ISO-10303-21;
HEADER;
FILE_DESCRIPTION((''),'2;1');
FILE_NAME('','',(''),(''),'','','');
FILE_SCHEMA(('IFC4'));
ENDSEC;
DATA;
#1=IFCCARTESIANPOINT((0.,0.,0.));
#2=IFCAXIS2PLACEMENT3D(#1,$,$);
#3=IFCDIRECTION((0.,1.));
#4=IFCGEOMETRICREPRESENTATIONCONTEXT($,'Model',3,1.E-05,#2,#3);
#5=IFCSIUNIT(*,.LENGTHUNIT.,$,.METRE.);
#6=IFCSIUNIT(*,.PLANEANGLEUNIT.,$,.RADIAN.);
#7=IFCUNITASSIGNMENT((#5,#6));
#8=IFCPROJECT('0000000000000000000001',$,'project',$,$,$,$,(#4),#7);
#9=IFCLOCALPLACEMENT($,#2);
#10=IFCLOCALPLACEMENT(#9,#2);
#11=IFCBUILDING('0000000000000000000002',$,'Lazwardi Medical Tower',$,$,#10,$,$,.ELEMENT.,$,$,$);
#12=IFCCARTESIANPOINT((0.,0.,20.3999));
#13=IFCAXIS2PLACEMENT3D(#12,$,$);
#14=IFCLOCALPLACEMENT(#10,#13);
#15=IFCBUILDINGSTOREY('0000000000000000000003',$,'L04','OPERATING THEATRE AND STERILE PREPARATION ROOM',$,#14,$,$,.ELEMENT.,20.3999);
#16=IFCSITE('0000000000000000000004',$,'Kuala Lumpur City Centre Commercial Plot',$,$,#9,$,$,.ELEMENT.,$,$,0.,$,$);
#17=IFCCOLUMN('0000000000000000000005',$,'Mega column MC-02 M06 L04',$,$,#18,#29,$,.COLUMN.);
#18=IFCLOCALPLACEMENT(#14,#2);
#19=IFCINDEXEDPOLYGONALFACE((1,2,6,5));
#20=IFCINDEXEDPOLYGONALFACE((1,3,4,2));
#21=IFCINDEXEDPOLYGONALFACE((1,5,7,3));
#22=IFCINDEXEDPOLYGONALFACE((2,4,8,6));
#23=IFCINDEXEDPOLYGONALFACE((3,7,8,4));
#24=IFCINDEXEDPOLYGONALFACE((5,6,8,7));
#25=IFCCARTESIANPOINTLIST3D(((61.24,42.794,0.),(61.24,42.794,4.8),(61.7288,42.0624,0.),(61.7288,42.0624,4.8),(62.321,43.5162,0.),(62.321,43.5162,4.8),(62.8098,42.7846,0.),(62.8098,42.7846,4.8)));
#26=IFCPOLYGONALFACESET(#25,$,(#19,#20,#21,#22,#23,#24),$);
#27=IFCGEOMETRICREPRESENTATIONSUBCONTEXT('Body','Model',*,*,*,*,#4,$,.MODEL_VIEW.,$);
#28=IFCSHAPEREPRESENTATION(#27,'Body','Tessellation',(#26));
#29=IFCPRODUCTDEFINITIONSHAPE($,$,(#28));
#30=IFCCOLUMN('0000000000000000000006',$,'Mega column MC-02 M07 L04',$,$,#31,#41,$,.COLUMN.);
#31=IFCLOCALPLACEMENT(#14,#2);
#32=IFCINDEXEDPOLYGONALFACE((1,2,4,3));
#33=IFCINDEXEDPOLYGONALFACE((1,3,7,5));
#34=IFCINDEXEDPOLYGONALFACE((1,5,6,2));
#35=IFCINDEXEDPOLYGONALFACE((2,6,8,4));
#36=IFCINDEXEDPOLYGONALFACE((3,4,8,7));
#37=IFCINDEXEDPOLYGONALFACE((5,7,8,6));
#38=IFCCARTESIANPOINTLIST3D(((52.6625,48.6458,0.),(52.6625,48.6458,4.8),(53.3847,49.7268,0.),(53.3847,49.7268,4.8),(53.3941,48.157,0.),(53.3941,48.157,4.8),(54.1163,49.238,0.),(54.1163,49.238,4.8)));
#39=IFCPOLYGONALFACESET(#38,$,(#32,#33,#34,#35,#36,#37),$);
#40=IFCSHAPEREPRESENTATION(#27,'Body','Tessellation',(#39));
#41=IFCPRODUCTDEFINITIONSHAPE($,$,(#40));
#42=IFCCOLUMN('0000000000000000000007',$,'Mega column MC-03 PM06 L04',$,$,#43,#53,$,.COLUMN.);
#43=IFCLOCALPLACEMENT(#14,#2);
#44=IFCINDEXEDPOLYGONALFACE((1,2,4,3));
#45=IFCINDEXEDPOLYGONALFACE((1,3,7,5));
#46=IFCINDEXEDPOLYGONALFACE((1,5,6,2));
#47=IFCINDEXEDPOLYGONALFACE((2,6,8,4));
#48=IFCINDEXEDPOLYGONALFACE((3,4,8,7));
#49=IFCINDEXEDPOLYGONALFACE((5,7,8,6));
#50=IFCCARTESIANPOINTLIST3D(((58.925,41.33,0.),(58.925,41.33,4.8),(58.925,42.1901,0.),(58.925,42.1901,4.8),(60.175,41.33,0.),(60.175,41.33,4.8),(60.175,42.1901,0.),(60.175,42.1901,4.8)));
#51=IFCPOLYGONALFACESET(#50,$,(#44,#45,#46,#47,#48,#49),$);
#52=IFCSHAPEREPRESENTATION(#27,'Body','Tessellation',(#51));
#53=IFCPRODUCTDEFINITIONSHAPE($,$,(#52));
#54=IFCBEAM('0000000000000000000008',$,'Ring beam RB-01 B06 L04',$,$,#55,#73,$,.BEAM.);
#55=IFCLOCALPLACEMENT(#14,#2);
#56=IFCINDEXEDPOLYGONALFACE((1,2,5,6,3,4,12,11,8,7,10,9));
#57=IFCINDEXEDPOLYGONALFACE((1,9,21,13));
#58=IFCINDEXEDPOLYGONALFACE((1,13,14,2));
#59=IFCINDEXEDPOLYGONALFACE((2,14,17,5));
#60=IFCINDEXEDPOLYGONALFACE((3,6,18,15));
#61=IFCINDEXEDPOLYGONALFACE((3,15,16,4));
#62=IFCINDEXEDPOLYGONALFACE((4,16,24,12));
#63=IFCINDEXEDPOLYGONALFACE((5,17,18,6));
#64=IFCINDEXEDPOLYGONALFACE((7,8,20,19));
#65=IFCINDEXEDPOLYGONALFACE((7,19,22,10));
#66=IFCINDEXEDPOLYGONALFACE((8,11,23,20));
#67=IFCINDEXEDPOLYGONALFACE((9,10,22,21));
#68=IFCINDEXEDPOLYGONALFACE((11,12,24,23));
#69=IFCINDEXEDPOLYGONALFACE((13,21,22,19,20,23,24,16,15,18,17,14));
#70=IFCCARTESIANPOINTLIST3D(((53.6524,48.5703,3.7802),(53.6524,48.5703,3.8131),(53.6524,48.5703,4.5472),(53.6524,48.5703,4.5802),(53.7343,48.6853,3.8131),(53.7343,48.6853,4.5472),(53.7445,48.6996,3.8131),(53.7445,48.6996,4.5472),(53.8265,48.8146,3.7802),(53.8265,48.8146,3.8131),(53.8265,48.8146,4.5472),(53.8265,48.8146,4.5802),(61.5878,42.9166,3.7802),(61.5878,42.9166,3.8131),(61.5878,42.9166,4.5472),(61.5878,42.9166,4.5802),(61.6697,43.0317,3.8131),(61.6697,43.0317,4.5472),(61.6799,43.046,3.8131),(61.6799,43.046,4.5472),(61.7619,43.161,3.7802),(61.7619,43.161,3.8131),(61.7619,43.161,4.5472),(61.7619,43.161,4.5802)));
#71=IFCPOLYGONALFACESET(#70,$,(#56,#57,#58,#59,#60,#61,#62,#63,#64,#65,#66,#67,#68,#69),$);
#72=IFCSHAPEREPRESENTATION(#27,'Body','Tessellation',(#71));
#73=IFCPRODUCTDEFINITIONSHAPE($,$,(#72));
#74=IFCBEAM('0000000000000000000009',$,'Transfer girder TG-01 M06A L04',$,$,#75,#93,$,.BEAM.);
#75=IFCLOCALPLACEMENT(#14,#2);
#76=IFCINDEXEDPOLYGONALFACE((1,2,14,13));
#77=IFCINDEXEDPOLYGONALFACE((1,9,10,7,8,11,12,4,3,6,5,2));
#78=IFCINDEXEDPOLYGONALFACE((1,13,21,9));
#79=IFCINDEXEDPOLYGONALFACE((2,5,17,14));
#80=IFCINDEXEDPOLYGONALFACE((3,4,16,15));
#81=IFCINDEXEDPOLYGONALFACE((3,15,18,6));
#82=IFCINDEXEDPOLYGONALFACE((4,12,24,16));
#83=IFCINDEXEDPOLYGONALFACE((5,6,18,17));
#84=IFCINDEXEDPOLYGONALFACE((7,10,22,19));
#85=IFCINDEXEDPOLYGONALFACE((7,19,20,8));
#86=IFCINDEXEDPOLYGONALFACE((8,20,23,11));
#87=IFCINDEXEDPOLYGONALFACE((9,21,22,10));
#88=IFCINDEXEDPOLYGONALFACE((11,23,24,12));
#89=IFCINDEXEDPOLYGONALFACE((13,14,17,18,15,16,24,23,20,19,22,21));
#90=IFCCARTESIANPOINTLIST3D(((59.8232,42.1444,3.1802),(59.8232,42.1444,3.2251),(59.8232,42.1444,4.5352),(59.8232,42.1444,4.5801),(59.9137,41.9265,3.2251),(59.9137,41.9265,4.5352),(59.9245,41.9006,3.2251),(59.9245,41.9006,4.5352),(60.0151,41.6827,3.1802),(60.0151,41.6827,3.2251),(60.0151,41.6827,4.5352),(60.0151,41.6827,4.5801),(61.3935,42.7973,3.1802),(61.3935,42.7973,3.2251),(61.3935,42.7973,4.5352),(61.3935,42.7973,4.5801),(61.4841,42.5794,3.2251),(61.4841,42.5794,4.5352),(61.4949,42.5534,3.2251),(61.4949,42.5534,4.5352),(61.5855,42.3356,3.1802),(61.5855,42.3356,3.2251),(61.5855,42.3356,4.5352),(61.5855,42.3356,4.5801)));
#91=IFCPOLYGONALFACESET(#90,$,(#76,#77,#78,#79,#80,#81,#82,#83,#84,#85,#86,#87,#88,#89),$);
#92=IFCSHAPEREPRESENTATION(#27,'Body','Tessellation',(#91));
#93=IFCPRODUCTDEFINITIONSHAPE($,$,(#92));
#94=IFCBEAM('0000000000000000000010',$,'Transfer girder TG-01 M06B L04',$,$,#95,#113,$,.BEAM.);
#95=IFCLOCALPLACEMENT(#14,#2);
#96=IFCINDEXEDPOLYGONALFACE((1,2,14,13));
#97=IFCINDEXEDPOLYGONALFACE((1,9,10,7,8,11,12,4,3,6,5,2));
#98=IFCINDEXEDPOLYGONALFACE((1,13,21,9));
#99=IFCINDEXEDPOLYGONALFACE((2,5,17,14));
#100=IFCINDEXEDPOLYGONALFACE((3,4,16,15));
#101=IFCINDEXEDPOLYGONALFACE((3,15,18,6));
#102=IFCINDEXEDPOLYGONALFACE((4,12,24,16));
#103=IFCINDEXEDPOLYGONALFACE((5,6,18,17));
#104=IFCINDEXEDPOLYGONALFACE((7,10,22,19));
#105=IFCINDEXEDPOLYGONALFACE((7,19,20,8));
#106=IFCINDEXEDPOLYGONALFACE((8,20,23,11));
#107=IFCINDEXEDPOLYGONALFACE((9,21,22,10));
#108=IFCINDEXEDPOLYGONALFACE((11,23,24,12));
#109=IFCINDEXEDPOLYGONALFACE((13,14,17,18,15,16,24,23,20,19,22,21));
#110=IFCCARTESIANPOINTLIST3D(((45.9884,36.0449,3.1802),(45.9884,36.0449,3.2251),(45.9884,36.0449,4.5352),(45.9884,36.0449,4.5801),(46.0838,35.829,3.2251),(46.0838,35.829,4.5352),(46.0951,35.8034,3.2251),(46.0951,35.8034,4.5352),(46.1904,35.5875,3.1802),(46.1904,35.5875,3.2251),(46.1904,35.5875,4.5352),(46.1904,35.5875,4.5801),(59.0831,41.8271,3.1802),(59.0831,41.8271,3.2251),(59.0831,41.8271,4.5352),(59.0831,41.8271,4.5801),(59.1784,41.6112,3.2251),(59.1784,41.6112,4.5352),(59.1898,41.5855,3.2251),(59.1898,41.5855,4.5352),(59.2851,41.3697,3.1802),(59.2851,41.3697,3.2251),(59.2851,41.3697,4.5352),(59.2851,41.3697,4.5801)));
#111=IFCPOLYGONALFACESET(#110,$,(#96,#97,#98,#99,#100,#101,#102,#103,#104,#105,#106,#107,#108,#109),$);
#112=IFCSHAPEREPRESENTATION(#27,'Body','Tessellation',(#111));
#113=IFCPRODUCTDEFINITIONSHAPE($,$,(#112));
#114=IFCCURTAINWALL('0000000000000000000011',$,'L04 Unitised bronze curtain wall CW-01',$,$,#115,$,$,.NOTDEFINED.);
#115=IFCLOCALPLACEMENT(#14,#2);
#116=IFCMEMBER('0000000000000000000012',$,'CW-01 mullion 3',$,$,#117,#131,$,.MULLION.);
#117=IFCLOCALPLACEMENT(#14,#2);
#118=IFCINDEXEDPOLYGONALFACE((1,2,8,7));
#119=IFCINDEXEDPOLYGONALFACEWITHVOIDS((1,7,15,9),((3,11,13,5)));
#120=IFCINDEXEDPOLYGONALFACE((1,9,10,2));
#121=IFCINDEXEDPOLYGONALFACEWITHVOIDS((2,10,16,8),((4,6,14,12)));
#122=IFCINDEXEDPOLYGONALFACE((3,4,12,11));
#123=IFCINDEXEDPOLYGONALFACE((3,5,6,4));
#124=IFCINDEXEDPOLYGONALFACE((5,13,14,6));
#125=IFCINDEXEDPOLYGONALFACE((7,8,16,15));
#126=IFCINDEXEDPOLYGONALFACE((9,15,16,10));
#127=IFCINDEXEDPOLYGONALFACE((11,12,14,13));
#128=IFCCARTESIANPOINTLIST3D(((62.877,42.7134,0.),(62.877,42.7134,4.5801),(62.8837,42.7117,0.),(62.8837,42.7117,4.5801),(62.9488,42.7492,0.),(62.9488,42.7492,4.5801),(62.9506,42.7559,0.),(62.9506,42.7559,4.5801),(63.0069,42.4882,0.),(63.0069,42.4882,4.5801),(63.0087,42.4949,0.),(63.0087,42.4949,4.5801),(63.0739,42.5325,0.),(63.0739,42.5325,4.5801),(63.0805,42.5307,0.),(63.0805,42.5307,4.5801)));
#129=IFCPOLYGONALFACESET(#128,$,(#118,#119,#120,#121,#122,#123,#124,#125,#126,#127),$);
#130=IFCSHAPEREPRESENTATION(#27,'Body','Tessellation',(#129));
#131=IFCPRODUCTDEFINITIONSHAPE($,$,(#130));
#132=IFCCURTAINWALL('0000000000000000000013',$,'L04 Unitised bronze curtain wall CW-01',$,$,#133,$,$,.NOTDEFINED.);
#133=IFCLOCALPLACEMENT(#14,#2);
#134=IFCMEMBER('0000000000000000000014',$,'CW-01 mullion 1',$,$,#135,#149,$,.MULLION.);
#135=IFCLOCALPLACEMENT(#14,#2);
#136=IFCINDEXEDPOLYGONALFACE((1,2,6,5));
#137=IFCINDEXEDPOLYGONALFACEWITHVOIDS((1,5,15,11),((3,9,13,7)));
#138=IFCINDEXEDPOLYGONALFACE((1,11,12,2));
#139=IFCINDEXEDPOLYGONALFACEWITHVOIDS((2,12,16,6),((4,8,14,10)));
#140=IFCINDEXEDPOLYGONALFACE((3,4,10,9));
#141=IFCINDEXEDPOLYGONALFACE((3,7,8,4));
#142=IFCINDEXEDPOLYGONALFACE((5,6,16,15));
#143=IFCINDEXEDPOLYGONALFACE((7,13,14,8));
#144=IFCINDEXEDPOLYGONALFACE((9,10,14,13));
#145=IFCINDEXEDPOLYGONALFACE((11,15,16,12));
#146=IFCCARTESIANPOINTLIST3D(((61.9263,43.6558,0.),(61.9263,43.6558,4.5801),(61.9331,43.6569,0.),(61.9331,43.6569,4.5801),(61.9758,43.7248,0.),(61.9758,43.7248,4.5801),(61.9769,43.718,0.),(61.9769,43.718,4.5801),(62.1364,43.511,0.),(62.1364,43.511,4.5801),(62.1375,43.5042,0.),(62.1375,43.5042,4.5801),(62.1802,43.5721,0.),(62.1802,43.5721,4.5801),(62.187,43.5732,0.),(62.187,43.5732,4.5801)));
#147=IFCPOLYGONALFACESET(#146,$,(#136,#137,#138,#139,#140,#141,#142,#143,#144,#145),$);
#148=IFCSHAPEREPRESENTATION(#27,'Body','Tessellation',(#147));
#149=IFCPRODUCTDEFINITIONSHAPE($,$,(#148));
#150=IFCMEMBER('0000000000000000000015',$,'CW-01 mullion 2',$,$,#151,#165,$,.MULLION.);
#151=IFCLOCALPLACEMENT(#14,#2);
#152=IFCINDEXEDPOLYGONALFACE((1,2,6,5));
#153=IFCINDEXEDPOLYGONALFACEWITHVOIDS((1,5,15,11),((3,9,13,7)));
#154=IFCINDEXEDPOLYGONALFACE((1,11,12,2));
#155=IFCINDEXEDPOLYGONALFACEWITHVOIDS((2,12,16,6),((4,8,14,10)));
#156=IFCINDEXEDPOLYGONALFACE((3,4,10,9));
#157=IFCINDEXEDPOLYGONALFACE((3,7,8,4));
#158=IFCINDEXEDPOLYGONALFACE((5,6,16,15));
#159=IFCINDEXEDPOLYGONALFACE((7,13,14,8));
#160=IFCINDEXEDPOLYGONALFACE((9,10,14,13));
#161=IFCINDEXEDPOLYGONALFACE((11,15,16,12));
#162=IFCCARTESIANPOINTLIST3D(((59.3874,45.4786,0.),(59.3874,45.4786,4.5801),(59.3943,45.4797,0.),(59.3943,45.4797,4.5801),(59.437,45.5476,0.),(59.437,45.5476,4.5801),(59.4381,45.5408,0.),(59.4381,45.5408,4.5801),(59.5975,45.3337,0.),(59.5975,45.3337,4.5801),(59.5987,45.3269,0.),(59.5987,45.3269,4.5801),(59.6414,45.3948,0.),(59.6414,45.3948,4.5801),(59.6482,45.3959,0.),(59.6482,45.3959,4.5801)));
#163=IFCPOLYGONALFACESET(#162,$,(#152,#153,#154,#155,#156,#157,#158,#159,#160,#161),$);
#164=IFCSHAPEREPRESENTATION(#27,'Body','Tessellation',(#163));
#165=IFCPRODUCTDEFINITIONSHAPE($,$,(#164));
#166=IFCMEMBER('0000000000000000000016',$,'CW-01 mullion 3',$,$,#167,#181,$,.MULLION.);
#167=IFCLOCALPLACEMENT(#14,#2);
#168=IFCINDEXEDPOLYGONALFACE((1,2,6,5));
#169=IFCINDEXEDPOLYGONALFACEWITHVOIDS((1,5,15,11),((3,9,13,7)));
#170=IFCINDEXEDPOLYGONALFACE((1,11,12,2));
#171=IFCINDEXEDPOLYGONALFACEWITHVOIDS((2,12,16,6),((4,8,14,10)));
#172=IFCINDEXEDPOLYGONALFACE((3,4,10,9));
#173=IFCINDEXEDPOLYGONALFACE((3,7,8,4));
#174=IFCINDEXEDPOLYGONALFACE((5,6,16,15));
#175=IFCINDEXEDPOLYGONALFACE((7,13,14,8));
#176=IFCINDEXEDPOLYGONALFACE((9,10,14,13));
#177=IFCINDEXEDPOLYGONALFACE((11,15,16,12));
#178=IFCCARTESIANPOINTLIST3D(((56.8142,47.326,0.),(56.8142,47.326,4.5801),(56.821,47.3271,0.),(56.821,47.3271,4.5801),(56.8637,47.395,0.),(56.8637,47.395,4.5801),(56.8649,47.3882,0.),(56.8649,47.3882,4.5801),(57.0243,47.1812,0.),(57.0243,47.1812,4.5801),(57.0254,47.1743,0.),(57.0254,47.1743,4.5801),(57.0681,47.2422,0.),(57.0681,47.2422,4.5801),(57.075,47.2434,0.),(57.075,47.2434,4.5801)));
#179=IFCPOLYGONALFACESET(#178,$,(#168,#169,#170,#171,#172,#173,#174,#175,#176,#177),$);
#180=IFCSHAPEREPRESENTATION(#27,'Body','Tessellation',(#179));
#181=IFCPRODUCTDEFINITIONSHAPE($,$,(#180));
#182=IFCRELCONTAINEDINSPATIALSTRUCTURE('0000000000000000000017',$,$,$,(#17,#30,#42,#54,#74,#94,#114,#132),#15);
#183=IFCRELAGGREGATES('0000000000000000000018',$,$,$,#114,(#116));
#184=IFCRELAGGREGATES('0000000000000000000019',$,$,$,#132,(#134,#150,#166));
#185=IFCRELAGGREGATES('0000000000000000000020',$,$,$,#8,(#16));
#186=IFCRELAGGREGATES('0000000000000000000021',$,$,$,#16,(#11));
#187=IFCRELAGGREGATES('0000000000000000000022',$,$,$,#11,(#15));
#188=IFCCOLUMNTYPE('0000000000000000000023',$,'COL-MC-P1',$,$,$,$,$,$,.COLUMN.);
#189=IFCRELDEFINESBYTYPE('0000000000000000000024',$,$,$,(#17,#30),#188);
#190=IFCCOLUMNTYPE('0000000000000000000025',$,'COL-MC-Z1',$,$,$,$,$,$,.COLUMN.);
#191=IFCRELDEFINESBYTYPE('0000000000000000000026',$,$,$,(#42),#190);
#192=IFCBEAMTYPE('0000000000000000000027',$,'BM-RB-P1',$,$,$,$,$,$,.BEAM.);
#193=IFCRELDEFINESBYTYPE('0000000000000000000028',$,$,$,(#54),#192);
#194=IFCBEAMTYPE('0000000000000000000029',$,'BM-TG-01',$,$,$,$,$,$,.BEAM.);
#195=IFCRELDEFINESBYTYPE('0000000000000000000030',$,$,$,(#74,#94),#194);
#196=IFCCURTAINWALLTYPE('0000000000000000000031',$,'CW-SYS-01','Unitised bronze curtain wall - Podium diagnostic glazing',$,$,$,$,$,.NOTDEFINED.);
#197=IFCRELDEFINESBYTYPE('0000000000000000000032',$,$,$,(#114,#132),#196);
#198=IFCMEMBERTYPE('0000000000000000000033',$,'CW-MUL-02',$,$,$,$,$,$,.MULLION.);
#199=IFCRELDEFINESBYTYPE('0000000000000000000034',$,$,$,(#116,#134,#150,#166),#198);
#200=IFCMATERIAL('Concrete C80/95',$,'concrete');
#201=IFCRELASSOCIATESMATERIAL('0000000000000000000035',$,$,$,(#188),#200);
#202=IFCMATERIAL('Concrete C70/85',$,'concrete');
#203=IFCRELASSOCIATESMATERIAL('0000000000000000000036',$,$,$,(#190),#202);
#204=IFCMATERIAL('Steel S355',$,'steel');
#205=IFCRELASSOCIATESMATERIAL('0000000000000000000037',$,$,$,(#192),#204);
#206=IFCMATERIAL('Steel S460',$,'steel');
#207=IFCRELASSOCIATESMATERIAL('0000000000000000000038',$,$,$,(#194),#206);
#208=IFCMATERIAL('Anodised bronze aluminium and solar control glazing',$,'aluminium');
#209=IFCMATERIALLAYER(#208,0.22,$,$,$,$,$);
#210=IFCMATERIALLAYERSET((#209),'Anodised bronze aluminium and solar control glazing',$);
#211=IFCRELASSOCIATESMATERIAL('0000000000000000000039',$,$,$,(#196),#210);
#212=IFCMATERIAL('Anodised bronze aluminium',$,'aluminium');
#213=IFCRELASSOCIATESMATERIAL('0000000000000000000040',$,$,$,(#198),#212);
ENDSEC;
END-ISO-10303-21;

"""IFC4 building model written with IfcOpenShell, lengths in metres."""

from ifc_helpers import new_model, si_unit, direction, frame, origin, origin_2d, place, context, subcontext, project, spatial, rectangle, hollow_rectangle, i_section, extrude, material, layer, layer_set, material_profile, profile_set, type_object, element, aggregate, save


model = new_model("IFC4")

# Units and contexts
model_context = context("Model", 3, precision=1e-05, world=origin(), true_north=direction((0.0, 1.0)))
body_context = subcontext(model_context, "Body", "Model", "MODEL_VIEW")
ifc_project = project(units=[si_unit("LENGTHUNIT", "METRE"), si_unit("PLANEANGLEUNIT", "RADIAN")], contexts=[model_context])

# Site, building, storey
site_placement = place(None, origin())
site = spatial("IfcSite", under=ifc_project, at=site_placement, Name="Kuala Lumpur City Centre Commercial Plot", CompositionType="ELEMENT", RefElevation=0.0)
building_placement = place(site_placement, origin())
building = spatial("IfcBuilding", under=site, at=building_placement, Name="Lazwardi Medical Tower", CompositionType="ELEMENT")
storey_placement = place(building_placement, frame((0.0, 0.0, 20.3999)))
storey = spatial("IfcBuildingStorey", under=building, at=storey_placement, Name="L04", Description="OPERATING THEATRE AND STERILE PREPARATION ROOM", CompositionType="ELEMENT", Elevation=20.3999)

# Columns
ifc_material_1 = material(Name="Concrete C80/95", Category="concrete")
ifc_material_profile_1 = material_profile(ifc_material_1, rectangle(XDim=1.3, YDim=0.8799, at=origin_2d()), Name="CFT-RECT 1300x880")
ifc_profile_set_1 = profile_set([ifc_material_profile_1], Name="Concrete C80/95")
column_type_1 = type_object("IfcColumnType", Name="COL-MC-P1", PredefinedType="COLUMN", material=ifc_profile_set_1)
for number, where, z_axis, x_axis, name in (
    (1, (62.0249, 42.7893, 0.0), (0.0, 0.0, 1.0), (0.83147, 0.55557, 0.0), "Mega column MC-02 M06 L04"),
    (2, (53.3894, 48.9419, 0.0), (0.0, 0.0, 1.0), (0.55557, 0.83147, 0.0), "Mega column MC-02 M07 L04"),
):
    element("IfcColumn", number, at=place(storey_placement, frame(where, z_axis=z_axis, x_axis=x_axis)), inside=storey, type_object=column_type_1, Name=name, PredefinedType="COLUMN", context=body_context, shape_type="SweptSolid", body=[
        extrude(rectangle(XDim=1.3, YDim=0.8799, at=origin_2d()), origin(), (0.0, 0.0, 1.0), 4.8),
    ])
ifc_material_2 = material(Name="Concrete C70/85", Category="concrete")
ifc_material_profile_2 = material_profile(ifc_material_2, rectangle(XDim=1.25, YDim=0.8601, at=origin_2d()), Name="CFT-RECT 1250x860")
ifc_profile_set_2 = profile_set([ifc_material_profile_2], Name="Concrete C70/85")
column_type_2 = type_object("IfcColumnType", Name="COL-MC-Z1", PredefinedType="COLUMN", material=ifc_profile_set_2)
column_placement = place(storey_placement, frame((59.55, 41.76, 0.0), z_axis=(0.0, 0.0, 1.0), x_axis=(1.0, 0.0, 0.0)))
element("IfcColumn", 3, at=column_placement, inside=storey, type_object=column_type_2, Name="Mega column MC-03 PM06 L04", PredefinedType="COLUMN", context=body_context, shape_type="SweptSolid", body=[
    extrude(rectangle(XDim=1.25, YDim=0.8601, at=origin_2d()), origin(), (0.0, 0.0, 1.0), 4.8),
])

# Beams
ifc_material_3 = material(Name="Steel S355", Category="steel")
ifc_material_profile_3 = material_profile(ifc_material_3, i_section(OverallWidth=0.3, OverallDepth=0.8, WebThickness=0.0176, FlangeThickness=0.033, at=origin_2d()), Name="HEB 800")
ifc_profile_set_3 = profile_set([ifc_material_profile_3], Name="Steel S355")
beam_type_1 = type_object("IfcBeamType", Name="BM-RB-P1", PredefinedType="BEAM", material=ifc_profile_set_3)
beam_1_placement = place(storey_placement, frame((61.6748, 43.0388, 4.1802), z_axis=(-0.814437, 0.580252, 0.0), x_axis=(-0.580252, -0.814437, 0.0)))
element("IfcBeam", 4, at=beam_1_placement, inside=storey, type_object=beam_type_1, Name="Ring beam RB-01 B06 L04", PredefinedType="BEAM", context=body_context, shape_type="SweptSolid", body=[
    extrude(i_section(OverallWidth=0.3, OverallDepth=0.8, WebThickness=0.0176, FlangeThickness=0.033, at=origin_2d()), origin(), (0.0, 0.0, 1.0), 9.7434),
])
ifc_material_4 = material(Name="Steel S460", Category="steel")
ifc_material_profile_4 = material_profile(ifc_material_4, i_section(OverallWidth=0.5, OverallDepth=1.3999, WebThickness=0.0281, FlangeThickness=0.0449, at=origin_2d()), Name="PG 1400x500")
ifc_profile_set_4 = profile_set([ifc_material_profile_4], Name="Steel S460")
beam_type_2 = type_object("IfcBeamType", Name="BM-TG-01", PredefinedType="BEAM", material=ifc_profile_set_4)
beam_2_placement = place(storey_placement, frame((61.4895, 42.5664, 3.8801), z_axis=(-0.923382, -0.383881, 0.0), x_axis=(0.383881, -0.923382, 0.0)))
element("IfcBeam", 5, at=beam_2_placement, inside=storey, type_object=beam_type_2, Name="Transfer girder TG-01 M06A L04", PredefinedType="BEAM", context=body_context, shape_type="SweptSolid", body=[
    extrude(i_section(OverallWidth=0.5, OverallDepth=1.3999, WebThickness=0.0281, FlangeThickness=0.0449, at=origin_2d()), origin(), (0.0, 0.0, 1.0), 1.7007),
])
beam_3_placement = place(storey_placement, frame((59.1841, 41.5984, 3.8801), z_axis=(-0.914785, -0.403941, 0.0), x_axis=(0.403941, -0.914785, 0.0)))
element("IfcBeam", 6, at=beam_3_placement, inside=storey, type_object=beam_type_2, Name="Transfer girder TG-01 M06B L04", PredefinedType="BEAM", context=body_context, shape_type="SweptSolid", body=[
    extrude(i_section(OverallWidth=0.5, OverallDepth=1.3999, WebThickness=0.0281, FlangeThickness=0.0449, at=origin_2d()), origin(), (0.0, 0.0, 1.0), 14.3145),
])

# Curtain wall, member
ifc_material_5 = material(Name="Anodised bronze aluminium and solar control glazing", Category="aluminium")
ifc_layer_1 = layer(ifc_material_5, 0.22)
ifc_layer_set_1 = layer_set([ifc_layer_1], Name="Anodised bronze aluminium and solar control glazing")
curtain_wall_type = type_object("IfcCurtainWallType", Name="CW-SYS-01", Description="Unitised bronze curtain wall - Podium diagnostic glazing", PredefinedType="NOTDEFINED", material=ifc_layer_set_1)
curtain_wall_1_placement = place(storey_placement, origin())
curtain_wall_1 = element("IfcCurtainWall", 7, at=curtain_wall_1_placement, inside=storey, type_object=curtain_wall_type, Name="L04 Unitised bronze curtain wall CW-01", PredefinedType="NOTDEFINED")
ifc_material_6 = material(Name="Anodised bronze aluminium", Category="aluminium")
ifc_material_profile_5 = material_profile(ifc_material_6, hollow_rectangle(XDim=0.085, YDim=0.26, WallThickness=0.0049, at=origin_2d()), Name="ALU-MULLION 260x85x5")
ifc_profile_set_5 = profile_set([ifc_material_profile_5], Name="Anodised bronze aluminium")
member_type_1 = type_object("IfcMemberType", Name="CW-MUL-02", PredefinedType="MULLION", material=ifc_profile_set_5)
member_1_placement = place(storey_placement, frame((62.9788, 42.6221, 0.0), z_axis=(0.0, 0.0, 1.0), x_axis=(-0.866181, -0.499731, 0.0)))
member_1 = element("IfcMember", 8, at=member_1_placement, type_object=member_type_1, Name="CW-01 mullion 3", PredefinedType="MULLION", context=body_context, shape_type="SweptSolid", body=[
    extrude(hollow_rectangle(XDim=0.085, YDim=0.26, WallThickness=0.0049, at=origin_2d()), origin(), (0.0, 0.0, 1.0), 4.5801),
])

# Curtain wall, members
curtain_wall_2_placement = place(storey_placement, origin())
curtain_wall_2 = element("IfcCurtainWall", 9, at=curtain_wall_2_placement, inside=storey, type_object=curtain_wall_type, Name="L04 Unitised bronze curtain wall CW-01", PredefinedType="NOTDEFINED")
member_2_placement = place(storey_placement, frame((62.0566, 43.6145, 0.0), z_axis=(0.0, 0.0, 1.0), x_axis=(-0.583214, -0.812318, 0.0)))
member_2 = element("IfcMember", 10, at=member_2_placement, type_object=member_type_1, Name="CW-01 mullion 1", PredefinedType="MULLION", context=body_context, shape_type="SweptSolid", body=[
    extrude(hollow_rectangle(XDim=0.085, YDim=0.26, WallThickness=0.0049, at=origin_2d()), origin(), (0.0, 0.0, 1.0), 4.5801),
])
member_3_placement = place(storey_placement, frame((59.5178, 45.4373, 0.0), z_axis=(0.0, 0.0, 1.0), x_axis=(-0.583214, -0.812318, 0.0)))
member_3 = element("IfcMember", 11, at=member_3_placement, type_object=member_type_1, Name="CW-01 mullion 2", PredefinedType="MULLION", context=body_context, shape_type="SweptSolid", body=[
    extrude(hollow_rectangle(XDim=0.085, YDim=0.26, WallThickness=0.0049, at=origin_2d()), origin(), (0.0, 0.0, 1.0), 4.5801),
])
member_4_placement = place(storey_placement, frame((56.9446, 47.2847, 0.0), z_axis=(0.0, 0.0, 1.0), x_axis=(-0.583214, -0.812318, 0.0)))
member_4 = element("IfcMember", 12, at=member_4_placement, type_object=member_type_1, Name="CW-01 mullion 3", PredefinedType="MULLION", context=body_context, shape_type="SweptSolid", body=[
    extrude(hollow_rectangle(XDim=0.085, YDim=0.26, WallThickness=0.0049, at=origin_2d()), origin(), (0.0, 0.0, 1.0), 4.5801),
])

aggregate(curtain_wall_1, [member_1])
aggregate(curtain_wall_2, [member_2, member_3, member_4])

save(model, "model.ifc")
